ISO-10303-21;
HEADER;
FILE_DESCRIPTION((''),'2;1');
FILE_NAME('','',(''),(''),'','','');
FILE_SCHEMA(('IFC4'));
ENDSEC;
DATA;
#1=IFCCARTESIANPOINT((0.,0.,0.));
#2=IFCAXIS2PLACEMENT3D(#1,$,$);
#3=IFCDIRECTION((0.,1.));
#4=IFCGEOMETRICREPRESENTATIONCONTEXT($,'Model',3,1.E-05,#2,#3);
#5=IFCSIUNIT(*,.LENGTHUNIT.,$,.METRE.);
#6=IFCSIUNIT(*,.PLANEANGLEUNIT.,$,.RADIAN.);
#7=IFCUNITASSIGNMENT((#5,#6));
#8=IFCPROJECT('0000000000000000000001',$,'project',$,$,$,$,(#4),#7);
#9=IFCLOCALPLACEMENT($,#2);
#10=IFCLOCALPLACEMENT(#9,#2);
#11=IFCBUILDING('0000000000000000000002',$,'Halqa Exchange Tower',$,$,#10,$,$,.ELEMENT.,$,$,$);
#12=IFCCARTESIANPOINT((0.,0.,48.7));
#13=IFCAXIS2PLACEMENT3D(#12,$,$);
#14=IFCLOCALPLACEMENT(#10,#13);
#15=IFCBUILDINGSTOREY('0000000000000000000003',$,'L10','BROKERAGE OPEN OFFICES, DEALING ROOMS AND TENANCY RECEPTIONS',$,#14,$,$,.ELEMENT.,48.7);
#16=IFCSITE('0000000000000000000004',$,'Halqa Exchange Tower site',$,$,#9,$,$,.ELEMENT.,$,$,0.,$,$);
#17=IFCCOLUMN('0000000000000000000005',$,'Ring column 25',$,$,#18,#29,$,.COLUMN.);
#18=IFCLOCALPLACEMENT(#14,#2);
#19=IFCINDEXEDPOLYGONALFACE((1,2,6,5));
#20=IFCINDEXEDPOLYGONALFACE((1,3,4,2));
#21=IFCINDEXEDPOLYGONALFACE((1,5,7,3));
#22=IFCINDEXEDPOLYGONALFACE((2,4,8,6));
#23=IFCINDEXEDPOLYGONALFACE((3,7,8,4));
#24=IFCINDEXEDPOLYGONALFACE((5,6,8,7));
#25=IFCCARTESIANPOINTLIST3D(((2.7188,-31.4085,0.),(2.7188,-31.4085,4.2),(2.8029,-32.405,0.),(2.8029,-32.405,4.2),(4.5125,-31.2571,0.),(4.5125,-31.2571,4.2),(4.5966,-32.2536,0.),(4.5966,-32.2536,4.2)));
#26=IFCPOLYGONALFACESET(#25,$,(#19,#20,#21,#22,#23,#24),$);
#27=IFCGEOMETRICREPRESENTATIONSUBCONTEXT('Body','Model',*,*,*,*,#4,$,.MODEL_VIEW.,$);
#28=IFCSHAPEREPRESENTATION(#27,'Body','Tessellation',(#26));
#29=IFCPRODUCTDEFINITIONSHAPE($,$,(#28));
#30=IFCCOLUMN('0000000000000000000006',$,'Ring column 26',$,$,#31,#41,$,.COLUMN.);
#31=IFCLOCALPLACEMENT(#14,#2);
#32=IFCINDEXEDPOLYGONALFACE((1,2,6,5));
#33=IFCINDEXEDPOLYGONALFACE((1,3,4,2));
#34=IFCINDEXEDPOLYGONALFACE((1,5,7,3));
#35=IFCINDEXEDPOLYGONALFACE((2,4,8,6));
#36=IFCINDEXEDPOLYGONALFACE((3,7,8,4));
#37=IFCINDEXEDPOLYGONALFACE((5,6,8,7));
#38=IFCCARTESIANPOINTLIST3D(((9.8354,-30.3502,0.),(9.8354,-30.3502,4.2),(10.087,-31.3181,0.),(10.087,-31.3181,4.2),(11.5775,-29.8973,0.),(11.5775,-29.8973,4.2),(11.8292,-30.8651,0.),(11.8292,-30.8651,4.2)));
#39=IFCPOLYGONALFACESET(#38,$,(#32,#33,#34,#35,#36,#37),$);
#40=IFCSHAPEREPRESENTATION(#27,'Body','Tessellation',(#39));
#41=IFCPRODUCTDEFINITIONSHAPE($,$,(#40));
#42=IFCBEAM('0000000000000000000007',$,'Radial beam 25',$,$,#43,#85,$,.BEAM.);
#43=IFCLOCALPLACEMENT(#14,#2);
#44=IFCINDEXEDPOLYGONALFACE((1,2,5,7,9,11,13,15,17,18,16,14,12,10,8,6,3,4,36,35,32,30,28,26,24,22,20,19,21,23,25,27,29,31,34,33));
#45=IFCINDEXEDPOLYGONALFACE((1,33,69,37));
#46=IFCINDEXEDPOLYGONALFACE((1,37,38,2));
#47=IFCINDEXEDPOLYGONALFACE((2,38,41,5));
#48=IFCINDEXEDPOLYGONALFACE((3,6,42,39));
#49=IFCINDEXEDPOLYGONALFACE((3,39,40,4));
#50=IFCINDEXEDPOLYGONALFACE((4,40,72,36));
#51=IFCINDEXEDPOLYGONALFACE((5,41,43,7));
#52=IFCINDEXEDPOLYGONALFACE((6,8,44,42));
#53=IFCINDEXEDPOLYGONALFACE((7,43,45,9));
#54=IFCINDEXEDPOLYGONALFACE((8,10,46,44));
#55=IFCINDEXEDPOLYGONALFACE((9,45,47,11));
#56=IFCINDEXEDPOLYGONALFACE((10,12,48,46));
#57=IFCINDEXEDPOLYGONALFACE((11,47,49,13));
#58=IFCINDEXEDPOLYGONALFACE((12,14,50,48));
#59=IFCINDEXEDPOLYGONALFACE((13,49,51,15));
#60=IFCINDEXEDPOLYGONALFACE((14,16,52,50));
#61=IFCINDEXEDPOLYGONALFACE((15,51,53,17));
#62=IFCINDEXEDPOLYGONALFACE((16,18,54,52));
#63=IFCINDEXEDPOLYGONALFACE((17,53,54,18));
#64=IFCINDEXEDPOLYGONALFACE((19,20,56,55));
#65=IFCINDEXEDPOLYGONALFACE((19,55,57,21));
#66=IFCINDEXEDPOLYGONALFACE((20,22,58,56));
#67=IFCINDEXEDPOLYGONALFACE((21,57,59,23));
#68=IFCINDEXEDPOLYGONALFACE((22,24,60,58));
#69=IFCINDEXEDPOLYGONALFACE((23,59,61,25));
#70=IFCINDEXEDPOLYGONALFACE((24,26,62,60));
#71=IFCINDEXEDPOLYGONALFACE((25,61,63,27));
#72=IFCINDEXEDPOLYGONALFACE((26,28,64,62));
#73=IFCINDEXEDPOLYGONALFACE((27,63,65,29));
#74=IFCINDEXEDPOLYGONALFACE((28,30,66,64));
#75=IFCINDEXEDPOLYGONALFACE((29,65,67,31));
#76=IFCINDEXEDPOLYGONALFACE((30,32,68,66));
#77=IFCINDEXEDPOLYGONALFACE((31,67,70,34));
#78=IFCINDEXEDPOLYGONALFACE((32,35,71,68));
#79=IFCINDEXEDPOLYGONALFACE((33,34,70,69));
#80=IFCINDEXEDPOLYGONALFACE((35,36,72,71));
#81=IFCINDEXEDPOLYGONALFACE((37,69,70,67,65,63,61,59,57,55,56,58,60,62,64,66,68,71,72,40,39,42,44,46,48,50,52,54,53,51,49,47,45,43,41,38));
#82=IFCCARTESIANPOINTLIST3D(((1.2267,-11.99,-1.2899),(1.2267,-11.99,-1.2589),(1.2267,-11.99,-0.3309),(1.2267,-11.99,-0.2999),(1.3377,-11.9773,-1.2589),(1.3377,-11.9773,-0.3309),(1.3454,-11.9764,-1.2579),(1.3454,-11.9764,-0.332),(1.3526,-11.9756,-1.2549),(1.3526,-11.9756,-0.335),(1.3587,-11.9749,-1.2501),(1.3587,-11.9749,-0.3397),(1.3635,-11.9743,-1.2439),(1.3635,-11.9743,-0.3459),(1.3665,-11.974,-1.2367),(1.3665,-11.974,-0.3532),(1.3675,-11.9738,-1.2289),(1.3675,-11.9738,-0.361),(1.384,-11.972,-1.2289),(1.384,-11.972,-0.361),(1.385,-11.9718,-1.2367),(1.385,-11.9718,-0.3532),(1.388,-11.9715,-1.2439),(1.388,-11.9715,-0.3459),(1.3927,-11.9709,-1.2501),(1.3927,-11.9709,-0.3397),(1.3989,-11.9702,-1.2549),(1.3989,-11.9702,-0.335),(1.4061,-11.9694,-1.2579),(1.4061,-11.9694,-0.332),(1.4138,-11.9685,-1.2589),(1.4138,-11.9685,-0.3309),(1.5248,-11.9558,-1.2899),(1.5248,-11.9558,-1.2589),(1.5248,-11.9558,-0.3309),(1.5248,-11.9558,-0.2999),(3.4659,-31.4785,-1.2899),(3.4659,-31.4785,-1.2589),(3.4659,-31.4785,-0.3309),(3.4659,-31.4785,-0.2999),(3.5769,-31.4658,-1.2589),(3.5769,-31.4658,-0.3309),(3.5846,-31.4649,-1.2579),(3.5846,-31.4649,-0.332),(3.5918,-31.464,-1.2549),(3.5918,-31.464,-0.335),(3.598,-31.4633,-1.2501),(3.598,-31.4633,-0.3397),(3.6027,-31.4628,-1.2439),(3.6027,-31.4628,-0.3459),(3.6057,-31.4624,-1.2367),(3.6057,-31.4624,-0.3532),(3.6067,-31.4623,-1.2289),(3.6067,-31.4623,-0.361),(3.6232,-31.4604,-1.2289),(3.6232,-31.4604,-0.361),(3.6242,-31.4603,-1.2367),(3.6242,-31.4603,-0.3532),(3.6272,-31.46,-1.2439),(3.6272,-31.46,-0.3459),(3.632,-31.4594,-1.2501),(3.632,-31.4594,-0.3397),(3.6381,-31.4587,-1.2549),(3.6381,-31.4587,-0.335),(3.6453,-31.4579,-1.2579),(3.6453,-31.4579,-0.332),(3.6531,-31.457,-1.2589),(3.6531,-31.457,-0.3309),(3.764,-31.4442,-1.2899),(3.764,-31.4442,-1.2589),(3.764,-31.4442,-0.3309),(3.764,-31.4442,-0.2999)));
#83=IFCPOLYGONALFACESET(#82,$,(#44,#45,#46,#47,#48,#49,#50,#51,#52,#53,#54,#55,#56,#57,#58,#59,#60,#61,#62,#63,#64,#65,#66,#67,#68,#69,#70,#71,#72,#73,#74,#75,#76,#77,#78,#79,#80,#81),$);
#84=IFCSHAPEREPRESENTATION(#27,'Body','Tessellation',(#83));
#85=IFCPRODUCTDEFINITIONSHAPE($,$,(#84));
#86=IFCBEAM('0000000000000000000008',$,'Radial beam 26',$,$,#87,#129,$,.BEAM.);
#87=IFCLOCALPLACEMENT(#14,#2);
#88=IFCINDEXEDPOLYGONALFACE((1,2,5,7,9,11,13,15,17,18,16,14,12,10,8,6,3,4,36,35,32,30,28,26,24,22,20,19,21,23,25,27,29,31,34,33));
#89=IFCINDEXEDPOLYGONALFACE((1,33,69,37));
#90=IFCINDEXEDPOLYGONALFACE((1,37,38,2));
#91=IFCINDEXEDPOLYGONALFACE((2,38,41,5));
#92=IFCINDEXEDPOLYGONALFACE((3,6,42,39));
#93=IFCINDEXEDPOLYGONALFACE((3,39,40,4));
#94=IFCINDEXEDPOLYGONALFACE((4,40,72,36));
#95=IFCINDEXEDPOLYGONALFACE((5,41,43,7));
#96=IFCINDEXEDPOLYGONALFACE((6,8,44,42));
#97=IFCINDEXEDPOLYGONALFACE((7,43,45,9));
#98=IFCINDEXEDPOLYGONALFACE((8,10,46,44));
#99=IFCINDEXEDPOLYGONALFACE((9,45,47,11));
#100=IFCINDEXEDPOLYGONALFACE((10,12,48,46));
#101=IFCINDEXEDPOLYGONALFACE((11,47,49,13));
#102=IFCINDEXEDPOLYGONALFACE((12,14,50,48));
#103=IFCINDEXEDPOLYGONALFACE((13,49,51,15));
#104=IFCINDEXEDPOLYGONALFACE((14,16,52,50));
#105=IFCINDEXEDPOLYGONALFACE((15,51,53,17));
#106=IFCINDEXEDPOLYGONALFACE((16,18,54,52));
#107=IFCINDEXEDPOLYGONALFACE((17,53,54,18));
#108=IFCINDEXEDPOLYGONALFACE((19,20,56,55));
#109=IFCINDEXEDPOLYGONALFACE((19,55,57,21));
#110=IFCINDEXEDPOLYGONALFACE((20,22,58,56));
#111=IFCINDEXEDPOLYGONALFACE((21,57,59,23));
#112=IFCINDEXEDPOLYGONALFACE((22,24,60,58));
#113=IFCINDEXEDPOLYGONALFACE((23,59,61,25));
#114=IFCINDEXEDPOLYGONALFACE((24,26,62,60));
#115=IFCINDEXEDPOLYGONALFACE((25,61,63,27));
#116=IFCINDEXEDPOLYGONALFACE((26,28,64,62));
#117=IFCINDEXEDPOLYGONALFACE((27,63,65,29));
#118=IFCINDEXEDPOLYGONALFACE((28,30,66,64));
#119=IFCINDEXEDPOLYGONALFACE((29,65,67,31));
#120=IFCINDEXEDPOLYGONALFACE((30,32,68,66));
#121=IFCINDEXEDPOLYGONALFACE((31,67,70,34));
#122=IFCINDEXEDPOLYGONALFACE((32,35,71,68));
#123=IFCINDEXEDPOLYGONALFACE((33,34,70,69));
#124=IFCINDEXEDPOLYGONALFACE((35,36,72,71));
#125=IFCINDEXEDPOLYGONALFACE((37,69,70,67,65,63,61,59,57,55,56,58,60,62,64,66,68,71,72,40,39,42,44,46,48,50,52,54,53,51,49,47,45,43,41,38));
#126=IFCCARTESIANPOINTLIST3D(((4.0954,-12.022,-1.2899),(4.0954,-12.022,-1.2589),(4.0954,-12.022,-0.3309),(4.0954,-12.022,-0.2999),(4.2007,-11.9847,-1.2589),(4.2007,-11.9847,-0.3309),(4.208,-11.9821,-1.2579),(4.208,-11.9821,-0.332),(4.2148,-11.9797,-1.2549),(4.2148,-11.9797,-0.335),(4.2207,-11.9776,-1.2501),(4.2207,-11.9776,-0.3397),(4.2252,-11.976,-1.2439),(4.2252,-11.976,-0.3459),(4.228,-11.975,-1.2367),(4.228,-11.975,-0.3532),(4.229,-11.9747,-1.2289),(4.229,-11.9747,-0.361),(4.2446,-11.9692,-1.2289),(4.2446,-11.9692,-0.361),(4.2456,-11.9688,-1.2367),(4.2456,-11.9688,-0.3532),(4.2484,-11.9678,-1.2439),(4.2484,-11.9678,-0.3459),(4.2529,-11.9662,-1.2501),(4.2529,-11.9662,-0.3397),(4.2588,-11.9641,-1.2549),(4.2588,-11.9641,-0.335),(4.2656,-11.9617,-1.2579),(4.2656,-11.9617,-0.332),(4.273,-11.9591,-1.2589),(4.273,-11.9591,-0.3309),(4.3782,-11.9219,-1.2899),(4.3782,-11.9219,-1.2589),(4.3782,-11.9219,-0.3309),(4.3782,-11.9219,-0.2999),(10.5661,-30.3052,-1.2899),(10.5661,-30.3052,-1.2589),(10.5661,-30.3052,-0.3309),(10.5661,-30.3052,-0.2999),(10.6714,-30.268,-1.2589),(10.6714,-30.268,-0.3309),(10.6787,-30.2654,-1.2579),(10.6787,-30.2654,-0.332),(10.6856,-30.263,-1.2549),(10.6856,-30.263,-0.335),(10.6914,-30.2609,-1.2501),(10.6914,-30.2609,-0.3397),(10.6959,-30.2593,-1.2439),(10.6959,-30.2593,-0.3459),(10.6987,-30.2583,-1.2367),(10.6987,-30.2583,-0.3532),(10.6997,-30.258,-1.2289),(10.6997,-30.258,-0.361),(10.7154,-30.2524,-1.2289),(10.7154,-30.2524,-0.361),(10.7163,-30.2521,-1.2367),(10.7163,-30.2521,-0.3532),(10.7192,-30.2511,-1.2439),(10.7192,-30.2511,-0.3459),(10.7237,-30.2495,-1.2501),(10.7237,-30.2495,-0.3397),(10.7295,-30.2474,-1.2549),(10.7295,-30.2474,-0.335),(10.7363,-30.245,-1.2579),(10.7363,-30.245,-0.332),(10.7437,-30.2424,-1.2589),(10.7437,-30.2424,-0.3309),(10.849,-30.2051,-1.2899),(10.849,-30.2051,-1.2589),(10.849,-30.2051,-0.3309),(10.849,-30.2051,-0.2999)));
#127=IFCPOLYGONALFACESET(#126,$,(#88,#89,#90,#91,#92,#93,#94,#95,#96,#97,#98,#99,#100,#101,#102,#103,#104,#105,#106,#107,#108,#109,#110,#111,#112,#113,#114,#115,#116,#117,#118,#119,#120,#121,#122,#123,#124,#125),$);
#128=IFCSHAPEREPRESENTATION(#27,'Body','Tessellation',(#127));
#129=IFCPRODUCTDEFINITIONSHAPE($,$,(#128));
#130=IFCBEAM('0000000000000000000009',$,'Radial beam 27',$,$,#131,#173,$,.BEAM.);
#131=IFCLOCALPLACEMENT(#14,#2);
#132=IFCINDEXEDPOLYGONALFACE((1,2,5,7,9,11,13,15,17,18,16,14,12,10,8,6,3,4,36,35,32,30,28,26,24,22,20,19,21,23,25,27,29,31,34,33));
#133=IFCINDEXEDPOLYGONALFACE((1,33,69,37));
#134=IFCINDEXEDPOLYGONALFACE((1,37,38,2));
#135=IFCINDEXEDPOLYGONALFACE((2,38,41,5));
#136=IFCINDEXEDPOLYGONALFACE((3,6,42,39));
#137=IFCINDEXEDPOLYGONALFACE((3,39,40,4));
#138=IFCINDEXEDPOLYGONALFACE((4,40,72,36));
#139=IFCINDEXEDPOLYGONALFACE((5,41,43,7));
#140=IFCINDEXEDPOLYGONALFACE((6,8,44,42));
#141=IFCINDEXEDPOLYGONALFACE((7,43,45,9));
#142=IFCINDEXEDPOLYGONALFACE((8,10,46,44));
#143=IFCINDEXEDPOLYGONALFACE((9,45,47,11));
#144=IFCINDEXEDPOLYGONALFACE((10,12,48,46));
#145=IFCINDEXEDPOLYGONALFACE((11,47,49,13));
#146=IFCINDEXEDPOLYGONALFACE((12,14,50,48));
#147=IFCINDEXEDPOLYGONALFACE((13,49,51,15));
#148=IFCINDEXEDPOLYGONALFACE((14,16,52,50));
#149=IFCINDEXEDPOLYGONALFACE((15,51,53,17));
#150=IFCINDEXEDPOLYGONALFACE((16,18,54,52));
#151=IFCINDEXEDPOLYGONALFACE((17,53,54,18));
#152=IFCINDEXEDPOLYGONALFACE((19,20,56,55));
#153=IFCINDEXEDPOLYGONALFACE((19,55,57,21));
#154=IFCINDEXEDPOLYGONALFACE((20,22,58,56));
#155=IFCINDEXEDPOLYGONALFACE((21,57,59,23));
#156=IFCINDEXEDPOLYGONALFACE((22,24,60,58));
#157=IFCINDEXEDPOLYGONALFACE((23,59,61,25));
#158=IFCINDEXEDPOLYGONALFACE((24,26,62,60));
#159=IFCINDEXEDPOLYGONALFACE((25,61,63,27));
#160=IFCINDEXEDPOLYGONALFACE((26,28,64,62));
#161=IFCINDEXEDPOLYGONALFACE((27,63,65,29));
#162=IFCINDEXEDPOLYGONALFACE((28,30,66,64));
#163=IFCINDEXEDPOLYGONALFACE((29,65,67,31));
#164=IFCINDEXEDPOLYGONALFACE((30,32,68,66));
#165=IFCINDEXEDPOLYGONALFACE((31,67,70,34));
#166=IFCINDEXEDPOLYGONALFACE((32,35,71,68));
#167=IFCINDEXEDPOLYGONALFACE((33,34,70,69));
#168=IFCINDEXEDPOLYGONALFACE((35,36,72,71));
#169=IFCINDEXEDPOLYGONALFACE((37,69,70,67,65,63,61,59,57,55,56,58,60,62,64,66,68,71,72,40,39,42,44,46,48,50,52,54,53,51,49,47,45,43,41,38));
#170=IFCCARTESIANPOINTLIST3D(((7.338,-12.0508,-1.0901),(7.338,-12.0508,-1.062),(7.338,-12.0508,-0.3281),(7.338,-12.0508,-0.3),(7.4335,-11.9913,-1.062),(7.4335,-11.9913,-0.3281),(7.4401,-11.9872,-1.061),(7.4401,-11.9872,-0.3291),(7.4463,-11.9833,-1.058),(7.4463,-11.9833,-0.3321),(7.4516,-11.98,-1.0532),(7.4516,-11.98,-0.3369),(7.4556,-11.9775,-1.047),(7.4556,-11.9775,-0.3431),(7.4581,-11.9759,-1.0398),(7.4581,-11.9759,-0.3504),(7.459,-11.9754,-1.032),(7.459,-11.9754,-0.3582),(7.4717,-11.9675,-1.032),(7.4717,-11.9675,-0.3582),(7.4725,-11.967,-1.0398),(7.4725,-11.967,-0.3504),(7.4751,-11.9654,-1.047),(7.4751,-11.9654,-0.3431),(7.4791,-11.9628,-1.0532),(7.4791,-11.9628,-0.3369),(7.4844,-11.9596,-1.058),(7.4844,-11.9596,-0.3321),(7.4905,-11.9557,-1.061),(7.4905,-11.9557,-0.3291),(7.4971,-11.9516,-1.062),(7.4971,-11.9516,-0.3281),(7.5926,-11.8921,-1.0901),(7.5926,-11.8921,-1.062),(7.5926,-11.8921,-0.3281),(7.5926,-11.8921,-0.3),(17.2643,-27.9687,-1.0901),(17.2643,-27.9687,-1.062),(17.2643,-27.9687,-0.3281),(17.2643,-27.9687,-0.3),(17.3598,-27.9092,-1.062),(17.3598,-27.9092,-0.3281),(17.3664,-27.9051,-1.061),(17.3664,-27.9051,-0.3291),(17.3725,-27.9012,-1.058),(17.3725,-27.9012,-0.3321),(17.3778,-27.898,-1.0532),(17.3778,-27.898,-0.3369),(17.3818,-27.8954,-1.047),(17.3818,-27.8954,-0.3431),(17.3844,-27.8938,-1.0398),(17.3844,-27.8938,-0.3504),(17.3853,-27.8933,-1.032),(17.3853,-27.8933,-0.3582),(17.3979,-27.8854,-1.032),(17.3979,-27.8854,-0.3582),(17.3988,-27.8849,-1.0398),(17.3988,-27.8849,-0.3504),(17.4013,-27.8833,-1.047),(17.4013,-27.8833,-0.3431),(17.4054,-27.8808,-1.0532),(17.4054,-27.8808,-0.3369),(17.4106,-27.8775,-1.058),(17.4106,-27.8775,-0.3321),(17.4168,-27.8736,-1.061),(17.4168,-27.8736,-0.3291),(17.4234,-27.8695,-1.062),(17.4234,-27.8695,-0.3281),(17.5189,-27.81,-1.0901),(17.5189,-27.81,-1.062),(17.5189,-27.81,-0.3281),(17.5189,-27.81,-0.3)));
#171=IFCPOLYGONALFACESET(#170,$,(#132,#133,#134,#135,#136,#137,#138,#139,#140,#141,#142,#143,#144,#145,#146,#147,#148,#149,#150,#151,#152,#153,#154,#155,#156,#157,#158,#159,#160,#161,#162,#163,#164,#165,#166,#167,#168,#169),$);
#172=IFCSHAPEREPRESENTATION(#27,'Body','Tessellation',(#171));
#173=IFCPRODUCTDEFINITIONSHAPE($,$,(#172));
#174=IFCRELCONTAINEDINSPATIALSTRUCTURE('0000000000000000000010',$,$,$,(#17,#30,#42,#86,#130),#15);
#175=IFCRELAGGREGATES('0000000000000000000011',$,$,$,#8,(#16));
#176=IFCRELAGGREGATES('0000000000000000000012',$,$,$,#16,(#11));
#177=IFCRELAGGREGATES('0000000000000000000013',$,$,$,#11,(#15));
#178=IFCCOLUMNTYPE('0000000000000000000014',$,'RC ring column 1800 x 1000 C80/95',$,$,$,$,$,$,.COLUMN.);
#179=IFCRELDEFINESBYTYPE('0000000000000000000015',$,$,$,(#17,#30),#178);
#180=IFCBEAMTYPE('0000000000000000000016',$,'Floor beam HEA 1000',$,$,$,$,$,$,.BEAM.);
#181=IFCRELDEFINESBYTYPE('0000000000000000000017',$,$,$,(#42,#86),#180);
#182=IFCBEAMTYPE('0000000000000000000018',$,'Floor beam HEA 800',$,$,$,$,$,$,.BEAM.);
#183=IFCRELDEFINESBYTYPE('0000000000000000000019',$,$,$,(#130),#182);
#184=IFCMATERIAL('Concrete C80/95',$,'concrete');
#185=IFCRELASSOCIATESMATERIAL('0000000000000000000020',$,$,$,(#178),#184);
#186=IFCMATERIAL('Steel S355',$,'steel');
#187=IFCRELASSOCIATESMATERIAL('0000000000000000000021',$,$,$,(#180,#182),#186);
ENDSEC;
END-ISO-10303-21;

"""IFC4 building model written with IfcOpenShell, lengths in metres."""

from ifc_helpers import new_model, si_unit, direction, frame, origin, origin_2d, place, context, subcontext, project, spatial, rectangle, i_section, extrude, material, material_profile, profile_set, type_object, element, save


model = new_model("IFC4")

# Units and contexts
model_context = context("Model", 3, precision=1e-05, world=origin(), true_north=direction((0.0, 1.0)))
body_context = subcontext(model_context, "Body", "Model", "MODEL_VIEW")
ifc_project = project(units=[si_unit("LENGTHUNIT", "METRE"), si_unit("PLANEANGLEUNIT", "RADIAN")], contexts=[model_context])

# Site, building, storey
site_placement = place(None, origin())
site = spatial("IfcSite", under=ifc_project, at=site_placement, Name="Halqa Exchange Tower site", CompositionType="ELEMENT", RefElevation=0.0)
building_placement = place(site_placement, origin())
building = spatial("IfcBuilding", under=site, at=building_placement, Name="Halqa Exchange Tower", CompositionType="ELEMENT")
storey_placement = place(building_placement, frame((0.0, 0.0, 48.7)))
storey = spatial("IfcBuildingStorey", under=building, at=storey_placement, Name="L10", Description="BROKERAGE OPEN OFFICES, DEALING ROOMS AND TENANCY RECEPTIONS", CompositionType="ELEMENT", Elevation=48.7)

# Columns
ifc_material_1 = material(Name="Concrete C80/95", Category="concrete")
ifc_material_profile_1 = material_profile(ifc_material_1, rectangle(XDim=1.8, YDim=1.0, at=origin_2d()), Name="1800 x 1000")
ifc_profile_set_1 = profile_set([ifc_material_profile_1], Name="Concrete C80/95")
column_type = type_object("IfcColumnType", Name="RC ring column 1800 x 1000 C80/95", PredefinedType="COLUMN", material=ifc_profile_set_1)
for number, where, z_axis, x_axis, name in (
    (1, (3.6577, -31.8311, 0.0), (0.0, 0.0, 1.0), (0.996455, 0.084125, 0.0), "Ring column 25"),
    (2, (10.8323, -30.6077, 0.0), (0.0, 0.0, 1.0), (0.96782, 0.251644, 0.0), "Ring column 26"),
):
    element("IfcColumn", number, at=place(storey_placement, frame(where, z_axis=z_axis, x_axis=x_axis)), inside=storey, type_object=column_type, Name=name, PredefinedType="COLUMN", context=body_context, shape_type="SweptSolid", body=[
        extrude(rectangle(XDim=1.8, YDim=1.0, at=origin_2d()), origin(), (0.0, 0.0, 1.0), 4.2),
    ])

# Beams
ifc_material_2 = material(Name="Steel S355", Category="steel")
ifc_material_profile_2 = material_profile(ifc_material_2, i_section(OverallWidth=0.3, OverallDepth=0.99, WebThickness=0.0166, FlangeThickness=0.031, FilletRadius=0.03, at=origin_2d()), Name="HEA 1000")
ifc_profile_set_2 = profile_set([ifc_material_profile_2], Name="Steel S355")
beam_type_1 = type_object("IfcBeamType", Name="Floor beam HEA 1000", PredefinedType="BEAM", material=ifc_profile_set_2)
beam_1_placement = place(storey_placement, frame((1.3757, -11.9729, -0.7949), z_axis=(0.11415, -0.993463, 0.0), x_axis=(0.993463, 0.11415, 0.0)))
element("IfcBeam", 3, at=beam_1_placement, inside=storey, type_object=beam_type_1, Name="Radial beam 25", PredefinedType="BEAM", context=body_context, shape_type="SweptSolid", body=[
    extrude(i_section(OverallWidth=0.3, OverallDepth=0.99, WebThickness=0.0166, FlangeThickness=0.031, FilletRadius=0.03, at=origin_2d()), origin(), (0.0, 0.0, 1.0), 19.6167),
])
beam_2_placement = place(storey_placement, frame((4.2368, -11.9719, -0.7949), z_axis=(0.333636, -0.942702, 0.0), x_axis=(0.942702, 0.333636, 0.0)))
element("IfcBeam", 4, at=beam_2_placement, inside=storey, type_object=beam_type_1, Name="Radial beam 26", PredefinedType="BEAM", context=body_context, shape_type="SweptSolid", body=[
    extrude(i_section(OverallWidth=0.3, OverallDepth=0.99, WebThickness=0.0166, FlangeThickness=0.031, FilletRadius=0.03, at=origin_2d()), origin(), (0.0, 0.0, 1.0), 19.3945),
])
ifc_material_profile_3 = material_profile(ifc_material_2, i_section(OverallWidth=0.3, OverallDepth=0.79, WebThickness=0.0149, FlangeThickness=0.0281, FilletRadius=0.03, at=origin_2d()), Name="HEA 800")
ifc_profile_set_3 = profile_set([ifc_material_profile_3], Name="Steel S355")
beam_type_2 = type_object("IfcBeamType", Name="Floor beam HEA 800", PredefinedType="BEAM", material=ifc_profile_set_3)
beam_3_placement = place(storey_placement, frame((7.4653, -11.9714, -0.6951), z_axis=(0.529138, -0.848536, 0.0), x_axis=(0.848536, 0.529138, 0.0)))
element("IfcBeam", 5, at=beam_3_placement, inside=storey, type_object=beam_type_2, Name="Radial beam 27", PredefinedType="BEAM", context=body_context, shape_type="SweptSolid", body=[
    extrude(i_section(OverallWidth=0.3, OverallDepth=0.79, WebThickness=0.0149, FlangeThickness=0.0281, FilletRadius=0.03, at=origin_2d()), origin(), (0.0, 0.0, 1.0), 18.7593),
])

save(model, "model.ifc")
